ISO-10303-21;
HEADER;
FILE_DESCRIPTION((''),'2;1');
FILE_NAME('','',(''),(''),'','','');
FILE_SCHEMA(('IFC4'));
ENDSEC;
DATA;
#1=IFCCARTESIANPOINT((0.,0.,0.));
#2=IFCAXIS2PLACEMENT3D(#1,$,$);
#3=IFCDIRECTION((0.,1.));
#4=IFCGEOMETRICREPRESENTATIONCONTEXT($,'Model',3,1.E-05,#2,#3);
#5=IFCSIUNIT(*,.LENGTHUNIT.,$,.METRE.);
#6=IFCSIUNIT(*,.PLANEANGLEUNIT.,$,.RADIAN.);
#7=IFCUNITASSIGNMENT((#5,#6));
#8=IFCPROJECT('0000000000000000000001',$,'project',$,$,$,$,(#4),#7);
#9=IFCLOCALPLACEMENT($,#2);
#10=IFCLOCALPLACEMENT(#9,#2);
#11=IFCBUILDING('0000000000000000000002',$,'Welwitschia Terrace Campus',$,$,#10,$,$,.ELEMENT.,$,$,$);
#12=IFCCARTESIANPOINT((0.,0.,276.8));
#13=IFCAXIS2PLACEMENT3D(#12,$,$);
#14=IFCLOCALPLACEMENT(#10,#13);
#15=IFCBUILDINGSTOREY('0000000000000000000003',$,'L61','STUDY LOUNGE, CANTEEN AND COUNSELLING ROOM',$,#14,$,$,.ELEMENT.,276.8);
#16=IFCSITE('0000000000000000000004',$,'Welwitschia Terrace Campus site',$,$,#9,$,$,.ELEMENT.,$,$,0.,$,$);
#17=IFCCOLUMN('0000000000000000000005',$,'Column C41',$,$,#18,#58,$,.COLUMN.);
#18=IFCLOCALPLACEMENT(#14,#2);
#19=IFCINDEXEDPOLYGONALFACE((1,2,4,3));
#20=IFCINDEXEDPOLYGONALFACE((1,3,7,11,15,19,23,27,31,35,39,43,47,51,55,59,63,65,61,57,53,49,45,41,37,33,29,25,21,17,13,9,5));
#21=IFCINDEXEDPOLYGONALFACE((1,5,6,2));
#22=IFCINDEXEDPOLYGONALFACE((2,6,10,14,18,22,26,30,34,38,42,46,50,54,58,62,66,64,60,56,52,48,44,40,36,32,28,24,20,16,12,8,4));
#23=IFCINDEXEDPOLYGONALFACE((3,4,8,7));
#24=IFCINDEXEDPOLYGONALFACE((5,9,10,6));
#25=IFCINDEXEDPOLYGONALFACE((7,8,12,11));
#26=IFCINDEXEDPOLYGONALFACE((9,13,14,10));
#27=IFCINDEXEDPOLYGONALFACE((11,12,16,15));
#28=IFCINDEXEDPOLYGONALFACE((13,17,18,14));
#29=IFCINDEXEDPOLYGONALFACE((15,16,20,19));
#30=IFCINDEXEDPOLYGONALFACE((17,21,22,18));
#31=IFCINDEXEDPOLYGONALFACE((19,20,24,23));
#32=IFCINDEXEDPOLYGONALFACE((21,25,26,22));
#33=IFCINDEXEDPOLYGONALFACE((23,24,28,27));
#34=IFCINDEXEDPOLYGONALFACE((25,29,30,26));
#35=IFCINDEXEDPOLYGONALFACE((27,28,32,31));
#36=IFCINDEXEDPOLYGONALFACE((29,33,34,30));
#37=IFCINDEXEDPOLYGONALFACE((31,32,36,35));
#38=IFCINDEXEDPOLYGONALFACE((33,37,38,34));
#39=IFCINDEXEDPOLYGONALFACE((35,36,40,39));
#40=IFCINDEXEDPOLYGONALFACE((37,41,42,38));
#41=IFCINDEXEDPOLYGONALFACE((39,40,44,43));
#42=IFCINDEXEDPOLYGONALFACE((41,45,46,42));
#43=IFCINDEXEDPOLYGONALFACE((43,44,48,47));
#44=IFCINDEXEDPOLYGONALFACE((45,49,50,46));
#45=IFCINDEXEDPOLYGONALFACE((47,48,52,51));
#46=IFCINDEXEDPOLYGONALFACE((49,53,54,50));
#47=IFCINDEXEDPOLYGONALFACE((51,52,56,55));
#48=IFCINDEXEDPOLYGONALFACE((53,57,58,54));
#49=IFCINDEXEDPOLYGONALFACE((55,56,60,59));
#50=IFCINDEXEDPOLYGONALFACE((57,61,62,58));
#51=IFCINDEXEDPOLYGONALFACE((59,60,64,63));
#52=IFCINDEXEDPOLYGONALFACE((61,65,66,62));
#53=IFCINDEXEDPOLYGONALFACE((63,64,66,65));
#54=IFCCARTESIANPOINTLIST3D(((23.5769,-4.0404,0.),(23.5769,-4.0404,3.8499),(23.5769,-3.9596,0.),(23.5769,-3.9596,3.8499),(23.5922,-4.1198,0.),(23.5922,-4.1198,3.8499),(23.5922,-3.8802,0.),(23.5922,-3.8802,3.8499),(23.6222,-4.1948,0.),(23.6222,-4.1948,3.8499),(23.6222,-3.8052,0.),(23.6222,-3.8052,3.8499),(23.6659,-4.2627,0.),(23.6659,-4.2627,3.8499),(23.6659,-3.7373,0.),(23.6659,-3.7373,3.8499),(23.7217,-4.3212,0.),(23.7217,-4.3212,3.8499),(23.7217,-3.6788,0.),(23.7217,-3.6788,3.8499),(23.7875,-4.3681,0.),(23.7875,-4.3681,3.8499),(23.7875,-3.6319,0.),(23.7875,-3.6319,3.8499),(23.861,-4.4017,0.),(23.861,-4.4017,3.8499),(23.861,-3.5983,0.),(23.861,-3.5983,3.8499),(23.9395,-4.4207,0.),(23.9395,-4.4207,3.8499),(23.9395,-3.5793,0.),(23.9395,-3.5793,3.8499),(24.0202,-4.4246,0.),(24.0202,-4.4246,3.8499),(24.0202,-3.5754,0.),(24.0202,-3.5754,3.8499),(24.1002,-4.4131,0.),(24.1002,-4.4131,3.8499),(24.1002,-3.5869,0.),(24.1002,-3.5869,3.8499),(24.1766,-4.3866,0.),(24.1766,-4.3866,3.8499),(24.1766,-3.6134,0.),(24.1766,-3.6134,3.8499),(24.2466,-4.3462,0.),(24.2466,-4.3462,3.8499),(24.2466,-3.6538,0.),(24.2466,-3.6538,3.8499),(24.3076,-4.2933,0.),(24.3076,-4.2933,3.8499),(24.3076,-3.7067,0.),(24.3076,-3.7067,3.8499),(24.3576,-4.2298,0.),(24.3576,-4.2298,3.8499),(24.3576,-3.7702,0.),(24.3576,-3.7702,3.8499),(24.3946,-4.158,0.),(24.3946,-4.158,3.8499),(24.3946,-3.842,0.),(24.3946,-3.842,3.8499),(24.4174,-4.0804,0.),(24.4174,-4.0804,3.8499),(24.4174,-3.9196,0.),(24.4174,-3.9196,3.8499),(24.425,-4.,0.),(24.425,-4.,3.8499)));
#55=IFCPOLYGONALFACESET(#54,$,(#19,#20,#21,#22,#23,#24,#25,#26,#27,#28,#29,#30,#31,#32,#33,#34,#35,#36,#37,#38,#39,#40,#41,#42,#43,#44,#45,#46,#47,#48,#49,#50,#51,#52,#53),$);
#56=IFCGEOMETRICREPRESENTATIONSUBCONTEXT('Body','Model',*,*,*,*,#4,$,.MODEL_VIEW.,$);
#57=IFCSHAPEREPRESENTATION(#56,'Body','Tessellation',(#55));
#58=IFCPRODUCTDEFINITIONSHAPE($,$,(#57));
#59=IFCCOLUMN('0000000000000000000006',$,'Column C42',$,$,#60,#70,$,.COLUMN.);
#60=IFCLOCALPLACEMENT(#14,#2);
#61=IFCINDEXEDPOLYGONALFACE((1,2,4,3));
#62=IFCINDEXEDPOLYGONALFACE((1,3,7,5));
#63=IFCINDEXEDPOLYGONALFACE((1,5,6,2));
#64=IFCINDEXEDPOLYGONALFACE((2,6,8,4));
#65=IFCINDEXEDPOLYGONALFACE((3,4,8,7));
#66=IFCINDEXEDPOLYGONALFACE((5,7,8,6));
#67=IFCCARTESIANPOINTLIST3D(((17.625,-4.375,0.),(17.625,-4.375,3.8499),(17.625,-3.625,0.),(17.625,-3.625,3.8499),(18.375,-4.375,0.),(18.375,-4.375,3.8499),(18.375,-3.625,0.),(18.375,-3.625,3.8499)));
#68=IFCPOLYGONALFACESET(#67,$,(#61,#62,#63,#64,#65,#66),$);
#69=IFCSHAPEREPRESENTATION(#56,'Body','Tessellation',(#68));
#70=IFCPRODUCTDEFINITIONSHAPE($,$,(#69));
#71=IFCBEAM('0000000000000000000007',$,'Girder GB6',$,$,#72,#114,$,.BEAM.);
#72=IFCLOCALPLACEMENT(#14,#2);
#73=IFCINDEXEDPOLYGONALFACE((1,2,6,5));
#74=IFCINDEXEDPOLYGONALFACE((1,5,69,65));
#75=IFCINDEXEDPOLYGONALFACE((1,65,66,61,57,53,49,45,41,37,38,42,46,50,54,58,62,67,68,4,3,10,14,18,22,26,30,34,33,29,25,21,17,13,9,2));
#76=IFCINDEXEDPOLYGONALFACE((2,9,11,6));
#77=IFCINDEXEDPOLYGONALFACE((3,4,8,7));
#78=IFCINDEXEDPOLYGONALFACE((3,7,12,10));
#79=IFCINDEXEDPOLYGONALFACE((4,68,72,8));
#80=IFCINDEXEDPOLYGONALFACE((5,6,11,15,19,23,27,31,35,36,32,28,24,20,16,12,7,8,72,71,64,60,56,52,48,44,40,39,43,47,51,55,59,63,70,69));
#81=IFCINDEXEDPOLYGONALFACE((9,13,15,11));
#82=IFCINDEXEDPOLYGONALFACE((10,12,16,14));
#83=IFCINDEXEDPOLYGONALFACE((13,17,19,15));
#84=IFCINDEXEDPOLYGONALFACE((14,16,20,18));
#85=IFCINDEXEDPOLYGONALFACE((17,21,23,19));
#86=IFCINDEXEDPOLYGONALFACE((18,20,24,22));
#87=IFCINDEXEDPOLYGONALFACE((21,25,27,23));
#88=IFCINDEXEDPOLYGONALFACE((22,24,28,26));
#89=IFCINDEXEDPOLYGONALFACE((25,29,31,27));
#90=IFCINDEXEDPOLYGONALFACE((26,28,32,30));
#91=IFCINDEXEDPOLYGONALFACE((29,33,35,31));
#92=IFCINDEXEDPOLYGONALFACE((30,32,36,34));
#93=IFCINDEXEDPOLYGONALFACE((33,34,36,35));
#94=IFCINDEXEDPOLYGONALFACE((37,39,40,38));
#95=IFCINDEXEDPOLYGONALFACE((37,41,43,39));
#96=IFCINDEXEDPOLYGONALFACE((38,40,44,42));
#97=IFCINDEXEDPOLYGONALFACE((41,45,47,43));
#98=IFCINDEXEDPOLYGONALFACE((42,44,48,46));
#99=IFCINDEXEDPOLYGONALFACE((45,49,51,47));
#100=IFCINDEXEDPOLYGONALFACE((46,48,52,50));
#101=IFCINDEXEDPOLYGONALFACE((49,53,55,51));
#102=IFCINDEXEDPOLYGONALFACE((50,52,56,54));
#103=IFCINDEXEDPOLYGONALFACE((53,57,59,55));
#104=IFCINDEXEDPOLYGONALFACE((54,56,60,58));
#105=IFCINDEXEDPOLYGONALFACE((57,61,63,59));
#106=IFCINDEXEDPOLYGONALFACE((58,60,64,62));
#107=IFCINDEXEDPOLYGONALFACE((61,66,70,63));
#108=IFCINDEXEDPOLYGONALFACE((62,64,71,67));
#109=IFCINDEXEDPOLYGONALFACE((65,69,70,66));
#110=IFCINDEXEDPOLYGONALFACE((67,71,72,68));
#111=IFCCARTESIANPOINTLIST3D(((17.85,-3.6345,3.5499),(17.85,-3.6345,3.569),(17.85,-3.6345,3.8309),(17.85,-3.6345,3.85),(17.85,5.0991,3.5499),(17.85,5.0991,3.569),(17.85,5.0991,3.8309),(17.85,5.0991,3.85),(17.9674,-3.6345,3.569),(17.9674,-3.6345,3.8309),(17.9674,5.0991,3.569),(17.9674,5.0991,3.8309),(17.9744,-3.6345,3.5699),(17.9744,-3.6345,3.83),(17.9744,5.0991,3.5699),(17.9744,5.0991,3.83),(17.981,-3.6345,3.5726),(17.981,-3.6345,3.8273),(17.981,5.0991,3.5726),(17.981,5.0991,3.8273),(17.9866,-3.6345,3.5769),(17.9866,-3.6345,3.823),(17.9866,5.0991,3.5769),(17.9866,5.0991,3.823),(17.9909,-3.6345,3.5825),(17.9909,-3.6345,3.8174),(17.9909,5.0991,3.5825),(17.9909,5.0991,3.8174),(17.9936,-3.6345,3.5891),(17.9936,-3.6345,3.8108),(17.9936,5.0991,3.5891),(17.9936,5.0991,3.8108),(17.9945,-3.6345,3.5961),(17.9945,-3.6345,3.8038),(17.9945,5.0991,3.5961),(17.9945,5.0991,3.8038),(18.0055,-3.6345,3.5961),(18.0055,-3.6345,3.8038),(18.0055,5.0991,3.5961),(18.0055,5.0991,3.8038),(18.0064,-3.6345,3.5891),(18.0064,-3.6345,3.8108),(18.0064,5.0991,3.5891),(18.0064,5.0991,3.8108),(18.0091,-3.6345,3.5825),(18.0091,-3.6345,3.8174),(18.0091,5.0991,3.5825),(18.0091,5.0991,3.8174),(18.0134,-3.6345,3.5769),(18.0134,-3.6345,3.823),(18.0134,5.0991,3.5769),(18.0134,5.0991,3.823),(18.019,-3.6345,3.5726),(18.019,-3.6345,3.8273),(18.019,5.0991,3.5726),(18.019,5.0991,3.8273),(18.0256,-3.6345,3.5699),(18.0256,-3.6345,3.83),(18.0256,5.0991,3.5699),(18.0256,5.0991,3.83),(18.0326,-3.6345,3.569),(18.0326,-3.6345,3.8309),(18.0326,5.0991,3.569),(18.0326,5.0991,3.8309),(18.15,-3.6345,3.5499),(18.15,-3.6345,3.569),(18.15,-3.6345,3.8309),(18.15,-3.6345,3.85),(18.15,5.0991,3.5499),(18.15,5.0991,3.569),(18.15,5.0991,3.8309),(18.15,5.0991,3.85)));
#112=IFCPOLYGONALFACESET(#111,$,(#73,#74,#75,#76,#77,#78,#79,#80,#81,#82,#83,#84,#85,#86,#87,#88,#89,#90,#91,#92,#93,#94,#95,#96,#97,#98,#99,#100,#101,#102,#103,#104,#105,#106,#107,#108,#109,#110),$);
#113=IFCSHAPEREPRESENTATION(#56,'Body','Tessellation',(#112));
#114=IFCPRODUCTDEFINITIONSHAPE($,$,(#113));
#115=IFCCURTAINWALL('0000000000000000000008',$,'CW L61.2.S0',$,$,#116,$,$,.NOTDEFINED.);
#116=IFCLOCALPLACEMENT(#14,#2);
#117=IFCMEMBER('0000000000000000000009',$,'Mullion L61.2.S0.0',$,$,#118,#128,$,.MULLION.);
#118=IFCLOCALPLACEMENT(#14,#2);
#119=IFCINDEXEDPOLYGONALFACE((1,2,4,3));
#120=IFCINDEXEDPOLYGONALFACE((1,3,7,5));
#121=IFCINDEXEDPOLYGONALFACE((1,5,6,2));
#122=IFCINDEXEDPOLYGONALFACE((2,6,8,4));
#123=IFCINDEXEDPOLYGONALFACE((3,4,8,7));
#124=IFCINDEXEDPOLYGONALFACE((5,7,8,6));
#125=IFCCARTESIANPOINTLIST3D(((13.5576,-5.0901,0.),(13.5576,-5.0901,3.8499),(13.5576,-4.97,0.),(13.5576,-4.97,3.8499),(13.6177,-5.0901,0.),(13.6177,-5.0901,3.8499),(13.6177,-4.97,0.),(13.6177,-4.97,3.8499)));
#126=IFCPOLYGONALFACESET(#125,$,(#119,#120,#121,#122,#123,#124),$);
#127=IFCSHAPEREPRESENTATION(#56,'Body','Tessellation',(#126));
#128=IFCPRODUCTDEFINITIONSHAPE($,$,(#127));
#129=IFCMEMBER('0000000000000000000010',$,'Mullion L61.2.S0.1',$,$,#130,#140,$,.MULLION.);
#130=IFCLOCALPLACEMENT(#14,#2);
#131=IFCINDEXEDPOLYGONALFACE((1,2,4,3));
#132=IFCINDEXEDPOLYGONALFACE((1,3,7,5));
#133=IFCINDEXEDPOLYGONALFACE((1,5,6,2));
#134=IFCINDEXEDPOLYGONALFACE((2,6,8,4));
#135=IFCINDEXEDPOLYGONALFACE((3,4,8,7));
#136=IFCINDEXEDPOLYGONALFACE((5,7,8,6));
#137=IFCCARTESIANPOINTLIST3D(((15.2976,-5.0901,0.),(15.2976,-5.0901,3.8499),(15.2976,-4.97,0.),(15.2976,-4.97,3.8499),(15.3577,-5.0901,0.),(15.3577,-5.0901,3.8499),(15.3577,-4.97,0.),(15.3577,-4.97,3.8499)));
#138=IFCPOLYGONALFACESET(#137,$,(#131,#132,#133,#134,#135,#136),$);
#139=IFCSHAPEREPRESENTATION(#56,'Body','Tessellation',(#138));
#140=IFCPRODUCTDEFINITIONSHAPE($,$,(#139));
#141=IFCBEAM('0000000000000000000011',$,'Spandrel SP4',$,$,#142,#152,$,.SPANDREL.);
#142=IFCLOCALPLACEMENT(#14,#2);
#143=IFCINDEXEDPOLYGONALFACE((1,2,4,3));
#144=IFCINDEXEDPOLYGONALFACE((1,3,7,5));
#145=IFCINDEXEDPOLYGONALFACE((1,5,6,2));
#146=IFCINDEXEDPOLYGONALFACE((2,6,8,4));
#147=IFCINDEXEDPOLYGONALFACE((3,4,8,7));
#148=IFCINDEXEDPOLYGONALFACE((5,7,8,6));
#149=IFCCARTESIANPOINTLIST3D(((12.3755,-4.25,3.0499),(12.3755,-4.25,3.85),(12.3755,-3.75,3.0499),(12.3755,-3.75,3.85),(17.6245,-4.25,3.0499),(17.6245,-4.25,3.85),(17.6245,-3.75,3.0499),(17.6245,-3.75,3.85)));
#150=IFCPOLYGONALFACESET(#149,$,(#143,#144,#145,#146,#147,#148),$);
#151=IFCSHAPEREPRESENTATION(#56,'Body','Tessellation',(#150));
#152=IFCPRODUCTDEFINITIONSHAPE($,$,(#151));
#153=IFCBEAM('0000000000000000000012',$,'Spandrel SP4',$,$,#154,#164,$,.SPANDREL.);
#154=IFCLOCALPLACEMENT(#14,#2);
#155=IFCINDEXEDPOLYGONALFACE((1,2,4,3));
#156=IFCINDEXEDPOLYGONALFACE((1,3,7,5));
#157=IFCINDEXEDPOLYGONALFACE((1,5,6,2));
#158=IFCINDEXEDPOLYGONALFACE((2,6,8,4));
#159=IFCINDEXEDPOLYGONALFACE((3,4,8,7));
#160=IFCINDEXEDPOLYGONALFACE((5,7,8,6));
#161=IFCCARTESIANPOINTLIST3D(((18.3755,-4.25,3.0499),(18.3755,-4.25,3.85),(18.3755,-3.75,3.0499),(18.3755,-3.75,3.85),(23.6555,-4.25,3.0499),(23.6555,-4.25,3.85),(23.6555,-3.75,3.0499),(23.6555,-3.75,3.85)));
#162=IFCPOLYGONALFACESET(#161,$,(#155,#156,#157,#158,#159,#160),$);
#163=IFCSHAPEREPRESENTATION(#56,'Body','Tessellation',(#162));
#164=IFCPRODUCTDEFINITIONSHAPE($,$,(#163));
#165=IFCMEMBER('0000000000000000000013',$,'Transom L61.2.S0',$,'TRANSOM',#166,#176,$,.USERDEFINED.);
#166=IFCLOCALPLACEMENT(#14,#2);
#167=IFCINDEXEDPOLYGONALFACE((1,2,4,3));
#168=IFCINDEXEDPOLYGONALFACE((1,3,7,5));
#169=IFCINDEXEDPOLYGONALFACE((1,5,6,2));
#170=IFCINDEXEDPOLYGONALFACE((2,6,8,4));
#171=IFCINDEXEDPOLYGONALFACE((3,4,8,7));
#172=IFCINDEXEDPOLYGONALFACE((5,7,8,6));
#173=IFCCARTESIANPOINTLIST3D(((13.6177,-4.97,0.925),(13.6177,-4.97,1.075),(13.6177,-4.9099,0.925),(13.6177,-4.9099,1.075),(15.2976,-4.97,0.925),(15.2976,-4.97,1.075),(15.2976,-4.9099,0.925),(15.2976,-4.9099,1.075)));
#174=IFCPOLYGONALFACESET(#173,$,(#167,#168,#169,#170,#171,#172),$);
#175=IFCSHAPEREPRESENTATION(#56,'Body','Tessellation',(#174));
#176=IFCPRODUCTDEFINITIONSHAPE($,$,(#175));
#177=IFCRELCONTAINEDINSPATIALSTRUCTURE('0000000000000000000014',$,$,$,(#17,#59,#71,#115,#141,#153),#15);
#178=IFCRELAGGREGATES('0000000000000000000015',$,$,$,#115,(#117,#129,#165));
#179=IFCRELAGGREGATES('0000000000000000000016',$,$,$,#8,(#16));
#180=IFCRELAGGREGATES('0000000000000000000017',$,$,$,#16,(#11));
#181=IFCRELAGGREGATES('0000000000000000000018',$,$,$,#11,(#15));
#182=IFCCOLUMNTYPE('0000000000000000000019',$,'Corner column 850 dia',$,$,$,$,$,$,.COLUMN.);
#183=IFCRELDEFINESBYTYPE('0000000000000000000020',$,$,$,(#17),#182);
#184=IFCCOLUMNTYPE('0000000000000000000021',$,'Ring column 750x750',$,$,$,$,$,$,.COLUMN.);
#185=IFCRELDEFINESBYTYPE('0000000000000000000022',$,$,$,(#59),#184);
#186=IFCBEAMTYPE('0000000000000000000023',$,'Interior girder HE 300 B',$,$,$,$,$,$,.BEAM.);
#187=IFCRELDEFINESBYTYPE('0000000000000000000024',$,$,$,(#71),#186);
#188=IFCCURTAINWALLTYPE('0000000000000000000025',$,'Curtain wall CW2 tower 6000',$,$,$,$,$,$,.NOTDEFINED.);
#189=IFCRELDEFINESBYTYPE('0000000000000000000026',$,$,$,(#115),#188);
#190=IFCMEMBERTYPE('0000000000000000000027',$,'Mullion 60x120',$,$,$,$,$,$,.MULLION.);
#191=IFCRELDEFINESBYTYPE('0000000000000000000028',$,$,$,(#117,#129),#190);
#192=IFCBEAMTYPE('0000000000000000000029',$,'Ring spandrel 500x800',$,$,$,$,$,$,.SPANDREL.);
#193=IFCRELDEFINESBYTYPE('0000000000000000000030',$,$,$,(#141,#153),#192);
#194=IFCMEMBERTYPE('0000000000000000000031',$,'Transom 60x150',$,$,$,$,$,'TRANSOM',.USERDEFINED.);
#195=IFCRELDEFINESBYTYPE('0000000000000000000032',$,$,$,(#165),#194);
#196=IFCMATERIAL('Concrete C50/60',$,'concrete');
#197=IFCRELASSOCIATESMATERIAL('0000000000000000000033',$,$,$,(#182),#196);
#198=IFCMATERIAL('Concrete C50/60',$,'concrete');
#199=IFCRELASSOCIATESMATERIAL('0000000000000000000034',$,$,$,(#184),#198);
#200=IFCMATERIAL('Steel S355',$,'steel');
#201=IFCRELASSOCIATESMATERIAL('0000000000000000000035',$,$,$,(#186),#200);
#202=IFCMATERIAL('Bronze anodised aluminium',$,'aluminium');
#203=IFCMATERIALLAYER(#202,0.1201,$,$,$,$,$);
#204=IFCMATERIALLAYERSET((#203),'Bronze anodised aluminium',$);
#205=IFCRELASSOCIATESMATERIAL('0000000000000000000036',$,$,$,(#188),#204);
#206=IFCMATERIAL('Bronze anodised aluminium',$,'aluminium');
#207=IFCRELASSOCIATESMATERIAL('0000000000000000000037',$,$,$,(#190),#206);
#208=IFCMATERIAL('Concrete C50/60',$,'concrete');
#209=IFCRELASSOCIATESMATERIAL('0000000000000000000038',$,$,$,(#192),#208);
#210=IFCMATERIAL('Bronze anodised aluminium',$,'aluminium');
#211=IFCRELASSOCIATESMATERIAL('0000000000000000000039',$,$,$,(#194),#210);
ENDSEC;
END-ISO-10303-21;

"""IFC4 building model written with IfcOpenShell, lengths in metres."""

from ifc_helpers import new_model, si_unit, direction, frame, origin, origin_2d, place, context, subcontext, project, spatial, rectangle, circle, i_section, extrude, material, layer, layer_set, material_profile, profile_set, type_object, element, aggregate, save


model = new_model("IFC4")

# Units and contexts
model_context = context("Model", 3, precision=1e-05, world=origin(), true_north=direction((0.0, 1.0)))
body_context = subcontext(model_context, "Body", "Model", "MODEL_VIEW")
ifc_project = project(units=[si_unit("LENGTHUNIT", "METRE"), si_unit("PLANEANGLEUNIT", "RADIAN")], contexts=[model_context])

# Site, building, storey
site_placement = place(None, origin())
site = spatial("IfcSite", under=ifc_project, at=site_placement, Name="Welwitschia Terrace Campus site", CompositionType="ELEMENT", RefElevation=0.0)
building_placement = place(site_placement, origin())
building = spatial("IfcBuilding", under=site, at=building_placement, Name="Welwitschia Terrace Campus", CompositionType="ELEMENT")
storey_placement = place(building_placement, frame((0.0, 0.0, 276.8)))
storey = spatial("IfcBuildingStorey", under=building, at=storey_placement, Name="L61", Description="STUDY LOUNGE, CANTEEN AND COUNSELLING ROOM", CompositionType="ELEMENT", Elevation=276.8)

# Columns
ifc_material_1 = material(Name="Concrete C50/60", Category="concrete")
ifc_material_profile_1 = material_profile(ifc_material_1, circle(Radius=0.425, at=origin_2d()))
ifc_profile_set_1 = profile_set([ifc_material_profile_1], Name="Concrete C50/60")
column_type_1 = type_object("IfcColumnType", Name="Corner column 850 dia", PredefinedType="COLUMN", material=ifc_profile_set_1)
column_1_placement = place(storey_placement, frame((24.0, -4.0, 0.0), z_axis=(0.0, 0.0, 1.0), x_axis=(1.0, 0.0, 0.0)))
element("IfcColumn", 1, at=column_1_placement, inside=storey, type_object=column_type_1, Name="Column C41", PredefinedType="COLUMN", context=body_context, shape_type="SweptSolid", body=[
    extrude(circle(Radius=0.425, at=origin_2d()), origin(), (0.0, 0.0, 1.0), 3.8499),
])
ifc_material_2 = material(Name="Concrete C50/60", Category="concrete")
ifc_material_profile_2 = material_profile(ifc_material_2, rectangle(XDim=0.75, YDim=0.75, at=origin_2d()))
ifc_profile_set_2 = profile_set([ifc_material_profile_2], Name="Concrete C50/60")
column_type_2 = type_object("IfcColumnType", Name="Ring column 750x750", PredefinedType="COLUMN", material=ifc_profile_set_2)
column_2_placement = place(storey_placement, frame((18.0, -4.0, 0.0), z_axis=(0.0, 0.0, 1.0), x_axis=(1.0, 0.0, 0.0)))
element("IfcColumn", 2, at=column_2_placement, inside=storey, type_object=column_type_2, Name="Column C42", PredefinedType="COLUMN", context=body_context, shape_type="SweptSolid", body=[
    extrude(rectangle(XDim=0.75, YDim=0.75, at=origin_2d()), origin(), (0.0, 0.0, 1.0), 3.8499),
])

# Beam
ifc_material_3 = material(Name="Steel S355", Category="steel")
ifc_material_profile_3 = material_profile(ifc_material_3, i_section(OverallWidth=0.3, OverallDepth=0.3, WebThickness=0.011, FlangeThickness=0.019, FilletRadius=0.0271, at=origin_2d()))
ifc_profile_set_3 = profile_set([ifc_material_profile_3], Name="Steel S355")
beam_type_1 = type_object("IfcBeamType", Name="Interior girder HE 300 B", PredefinedType="BEAM", material=ifc_profile_set_3)
beam_1_placement = place(storey_placement, frame((18.0, -3.6345, 3.7), z_axis=(0.0, 1.0, 0.0), x_axis=(-1.0, 0.0, 0.0)))
element("IfcBeam", 3, at=beam_1_placement, inside=storey, type_object=beam_type_1, Name="Girder GB6", PredefinedType="BEAM", context=body_context, shape_type="SweptSolid", body=[
    extrude(i_section(OverallWidth=0.3, OverallDepth=0.3, WebThickness=0.011, FlangeThickness=0.019, FilletRadius=0.0271, at=origin_2d()), origin(), (0.0, 0.0, 1.0), 8.7336),
])

# Curtain wall, members
ifc_material_4 = material(Name="Bronze anodised aluminium", Category="aluminium")
ifc_layer_1 = layer(ifc_material_4, 0.1201)
ifc_layer_set_1 = layer_set([ifc_layer_1], Name="Bronze anodised aluminium")
curtain_wall_type = type_object("IfcCurtainWallType", Name="Curtain wall CW2 tower 6000", PredefinedType="NOTDEFINED", material=ifc_layer_set_1)
curtain_wall_placement = place(storey_placement, origin())
curtain_wall = element("IfcCurtainWall", 4, at=curtain_wall_placement, inside=storey, type_object=curtain_wall_type, Name="CW L61.2.S0", PredefinedType="NOTDEFINED")
ifc_material_5 = material(Name="Bronze anodised aluminium", Category="aluminium")
ifc_material_profile_4 = material_profile(ifc_material_5, rectangle(XDim=0.1201, YDim=0.0601, at=origin_2d()))
ifc_profile_set_4 = profile_set([ifc_material_profile_4], Name="Bronze anodised aluminium")
member_type_1 = type_object("IfcMemberType", Name="Mullion 60x120", PredefinedType="MULLION", material=ifc_profile_set_4)
member_1_placement = place(storey_placement, frame((13.5876, -5.03, 0.0), z_axis=(0.0, 0.0, 1.0), x_axis=(0.0, 1.0, 0.0)))
member_1 = element("IfcMember", 5, at=member_1_placement, type_object=member_type_1, Name="Mullion L61.2.S0.0", PredefinedType="MULLION", context=body_context, shape_type="SweptSolid", body=[
    extrude(rectangle(XDim=0.1201, YDim=0.0601, at=origin_2d()), origin(), (0.0, 0.0, 1.0), 3.8499),
])
member_2_placement = place(storey_placement, frame((15.3276, -5.03, 0.0), z_axis=(0.0, 0.0, 1.0), x_axis=(0.0, 1.0, 0.0)))
member_2 = element("IfcMember", 6, at=member_2_placement, type_object=member_type_1, Name="Mullion L61.2.S0.1", PredefinedType="MULLION", context=body_context, shape_type="SweptSolid", body=[
    extrude(rectangle(XDim=0.1201, YDim=0.0601, at=origin_2d()), origin(), (0.0, 0.0, 1.0), 3.8499),
])

# Beams
ifc_material_6 = material(Name="Concrete C50/60", Category="concrete")
ifc_material_profile_5 = material_profile(ifc_material_6, rectangle(XDim=0.5, YDim=0.8, at=origin_2d()))
ifc_profile_set_5 = profile_set([ifc_material_profile_5], Name="Concrete C50/60")
beam_type_2 = type_object("IfcBeamType", Name="Ring spandrel 500x800", PredefinedType="SPANDREL", material=ifc_profile_set_5)
beam_2_placement = place(storey_placement, frame((12.3755, -4.0, 3.45), z_axis=(1.0, 0.0, 0.0), x_axis=(0.0, 1.0, 0.0)))
element("IfcBeam", 7, at=beam_2_placement, inside=storey, type_object=beam_type_2, Name="Spandrel SP4", PredefinedType="SPANDREL", context=body_context, shape_type="SweptSolid", body=[
    extrude(rectangle(XDim=0.5, YDim=0.8, at=origin_2d()), origin(), (0.0, 0.0, 1.0), 5.249),
])
beam_3_placement = place(storey_placement, frame((18.3755, -4.0, 3.45), z_axis=(1.0, 0.0, 0.0), x_axis=(0.0, 1.0, 0.0)))
element("IfcBeam", 8, at=beam_3_placement, inside=storey, type_object=beam_type_2, Name="Spandrel SP4", PredefinedType="SPANDREL", context=body_context, shape_type="SweptSolid", body=[
    extrude(rectangle(XDim=0.5, YDim=0.8, at=origin_2d()), origin(), (0.0, 0.0, 1.0), 5.28),
])

# Member
ifc_material_7 = material(Name="Bronze anodised aluminium", Category="aluminium")
ifc_material_profile_6 = material_profile(ifc_material_7, rectangle(XDim=0.0601, YDim=0.1499, at=origin_2d()))
ifc_profile_set_6 = profile_set([ifc_material_profile_6], Name="Bronze anodised aluminium")
member_type_2 = type_object("IfcMemberType", Name="Transom 60x150", ElementType="TRANSOM", PredefinedType="USERDEFINED", material=ifc_profile_set_6)
member_3_placement = place(storey_placement, frame((13.6177, -4.9399, 1.0), z_axis=(1.0, 0.0, 0.0), x_axis=(0.0, 1.0, 0.0)))
member_3 = element("IfcMember", 9, at=member_3_placement, type_object=member_type_2, Name="Transom L61.2.S0", ObjectType="TRANSOM", PredefinedType="USERDEFINED", context=body_context, shape_type="SweptSolid", body=[
    extrude(rectangle(XDim=0.0601, YDim=0.1499, at=origin_2d()), origin(), (0.0, 0.0, 1.0), 1.6799),
])

aggregate(curtain_wall, [member_1, member_2, member_3])

save(model, "model.ifc")
